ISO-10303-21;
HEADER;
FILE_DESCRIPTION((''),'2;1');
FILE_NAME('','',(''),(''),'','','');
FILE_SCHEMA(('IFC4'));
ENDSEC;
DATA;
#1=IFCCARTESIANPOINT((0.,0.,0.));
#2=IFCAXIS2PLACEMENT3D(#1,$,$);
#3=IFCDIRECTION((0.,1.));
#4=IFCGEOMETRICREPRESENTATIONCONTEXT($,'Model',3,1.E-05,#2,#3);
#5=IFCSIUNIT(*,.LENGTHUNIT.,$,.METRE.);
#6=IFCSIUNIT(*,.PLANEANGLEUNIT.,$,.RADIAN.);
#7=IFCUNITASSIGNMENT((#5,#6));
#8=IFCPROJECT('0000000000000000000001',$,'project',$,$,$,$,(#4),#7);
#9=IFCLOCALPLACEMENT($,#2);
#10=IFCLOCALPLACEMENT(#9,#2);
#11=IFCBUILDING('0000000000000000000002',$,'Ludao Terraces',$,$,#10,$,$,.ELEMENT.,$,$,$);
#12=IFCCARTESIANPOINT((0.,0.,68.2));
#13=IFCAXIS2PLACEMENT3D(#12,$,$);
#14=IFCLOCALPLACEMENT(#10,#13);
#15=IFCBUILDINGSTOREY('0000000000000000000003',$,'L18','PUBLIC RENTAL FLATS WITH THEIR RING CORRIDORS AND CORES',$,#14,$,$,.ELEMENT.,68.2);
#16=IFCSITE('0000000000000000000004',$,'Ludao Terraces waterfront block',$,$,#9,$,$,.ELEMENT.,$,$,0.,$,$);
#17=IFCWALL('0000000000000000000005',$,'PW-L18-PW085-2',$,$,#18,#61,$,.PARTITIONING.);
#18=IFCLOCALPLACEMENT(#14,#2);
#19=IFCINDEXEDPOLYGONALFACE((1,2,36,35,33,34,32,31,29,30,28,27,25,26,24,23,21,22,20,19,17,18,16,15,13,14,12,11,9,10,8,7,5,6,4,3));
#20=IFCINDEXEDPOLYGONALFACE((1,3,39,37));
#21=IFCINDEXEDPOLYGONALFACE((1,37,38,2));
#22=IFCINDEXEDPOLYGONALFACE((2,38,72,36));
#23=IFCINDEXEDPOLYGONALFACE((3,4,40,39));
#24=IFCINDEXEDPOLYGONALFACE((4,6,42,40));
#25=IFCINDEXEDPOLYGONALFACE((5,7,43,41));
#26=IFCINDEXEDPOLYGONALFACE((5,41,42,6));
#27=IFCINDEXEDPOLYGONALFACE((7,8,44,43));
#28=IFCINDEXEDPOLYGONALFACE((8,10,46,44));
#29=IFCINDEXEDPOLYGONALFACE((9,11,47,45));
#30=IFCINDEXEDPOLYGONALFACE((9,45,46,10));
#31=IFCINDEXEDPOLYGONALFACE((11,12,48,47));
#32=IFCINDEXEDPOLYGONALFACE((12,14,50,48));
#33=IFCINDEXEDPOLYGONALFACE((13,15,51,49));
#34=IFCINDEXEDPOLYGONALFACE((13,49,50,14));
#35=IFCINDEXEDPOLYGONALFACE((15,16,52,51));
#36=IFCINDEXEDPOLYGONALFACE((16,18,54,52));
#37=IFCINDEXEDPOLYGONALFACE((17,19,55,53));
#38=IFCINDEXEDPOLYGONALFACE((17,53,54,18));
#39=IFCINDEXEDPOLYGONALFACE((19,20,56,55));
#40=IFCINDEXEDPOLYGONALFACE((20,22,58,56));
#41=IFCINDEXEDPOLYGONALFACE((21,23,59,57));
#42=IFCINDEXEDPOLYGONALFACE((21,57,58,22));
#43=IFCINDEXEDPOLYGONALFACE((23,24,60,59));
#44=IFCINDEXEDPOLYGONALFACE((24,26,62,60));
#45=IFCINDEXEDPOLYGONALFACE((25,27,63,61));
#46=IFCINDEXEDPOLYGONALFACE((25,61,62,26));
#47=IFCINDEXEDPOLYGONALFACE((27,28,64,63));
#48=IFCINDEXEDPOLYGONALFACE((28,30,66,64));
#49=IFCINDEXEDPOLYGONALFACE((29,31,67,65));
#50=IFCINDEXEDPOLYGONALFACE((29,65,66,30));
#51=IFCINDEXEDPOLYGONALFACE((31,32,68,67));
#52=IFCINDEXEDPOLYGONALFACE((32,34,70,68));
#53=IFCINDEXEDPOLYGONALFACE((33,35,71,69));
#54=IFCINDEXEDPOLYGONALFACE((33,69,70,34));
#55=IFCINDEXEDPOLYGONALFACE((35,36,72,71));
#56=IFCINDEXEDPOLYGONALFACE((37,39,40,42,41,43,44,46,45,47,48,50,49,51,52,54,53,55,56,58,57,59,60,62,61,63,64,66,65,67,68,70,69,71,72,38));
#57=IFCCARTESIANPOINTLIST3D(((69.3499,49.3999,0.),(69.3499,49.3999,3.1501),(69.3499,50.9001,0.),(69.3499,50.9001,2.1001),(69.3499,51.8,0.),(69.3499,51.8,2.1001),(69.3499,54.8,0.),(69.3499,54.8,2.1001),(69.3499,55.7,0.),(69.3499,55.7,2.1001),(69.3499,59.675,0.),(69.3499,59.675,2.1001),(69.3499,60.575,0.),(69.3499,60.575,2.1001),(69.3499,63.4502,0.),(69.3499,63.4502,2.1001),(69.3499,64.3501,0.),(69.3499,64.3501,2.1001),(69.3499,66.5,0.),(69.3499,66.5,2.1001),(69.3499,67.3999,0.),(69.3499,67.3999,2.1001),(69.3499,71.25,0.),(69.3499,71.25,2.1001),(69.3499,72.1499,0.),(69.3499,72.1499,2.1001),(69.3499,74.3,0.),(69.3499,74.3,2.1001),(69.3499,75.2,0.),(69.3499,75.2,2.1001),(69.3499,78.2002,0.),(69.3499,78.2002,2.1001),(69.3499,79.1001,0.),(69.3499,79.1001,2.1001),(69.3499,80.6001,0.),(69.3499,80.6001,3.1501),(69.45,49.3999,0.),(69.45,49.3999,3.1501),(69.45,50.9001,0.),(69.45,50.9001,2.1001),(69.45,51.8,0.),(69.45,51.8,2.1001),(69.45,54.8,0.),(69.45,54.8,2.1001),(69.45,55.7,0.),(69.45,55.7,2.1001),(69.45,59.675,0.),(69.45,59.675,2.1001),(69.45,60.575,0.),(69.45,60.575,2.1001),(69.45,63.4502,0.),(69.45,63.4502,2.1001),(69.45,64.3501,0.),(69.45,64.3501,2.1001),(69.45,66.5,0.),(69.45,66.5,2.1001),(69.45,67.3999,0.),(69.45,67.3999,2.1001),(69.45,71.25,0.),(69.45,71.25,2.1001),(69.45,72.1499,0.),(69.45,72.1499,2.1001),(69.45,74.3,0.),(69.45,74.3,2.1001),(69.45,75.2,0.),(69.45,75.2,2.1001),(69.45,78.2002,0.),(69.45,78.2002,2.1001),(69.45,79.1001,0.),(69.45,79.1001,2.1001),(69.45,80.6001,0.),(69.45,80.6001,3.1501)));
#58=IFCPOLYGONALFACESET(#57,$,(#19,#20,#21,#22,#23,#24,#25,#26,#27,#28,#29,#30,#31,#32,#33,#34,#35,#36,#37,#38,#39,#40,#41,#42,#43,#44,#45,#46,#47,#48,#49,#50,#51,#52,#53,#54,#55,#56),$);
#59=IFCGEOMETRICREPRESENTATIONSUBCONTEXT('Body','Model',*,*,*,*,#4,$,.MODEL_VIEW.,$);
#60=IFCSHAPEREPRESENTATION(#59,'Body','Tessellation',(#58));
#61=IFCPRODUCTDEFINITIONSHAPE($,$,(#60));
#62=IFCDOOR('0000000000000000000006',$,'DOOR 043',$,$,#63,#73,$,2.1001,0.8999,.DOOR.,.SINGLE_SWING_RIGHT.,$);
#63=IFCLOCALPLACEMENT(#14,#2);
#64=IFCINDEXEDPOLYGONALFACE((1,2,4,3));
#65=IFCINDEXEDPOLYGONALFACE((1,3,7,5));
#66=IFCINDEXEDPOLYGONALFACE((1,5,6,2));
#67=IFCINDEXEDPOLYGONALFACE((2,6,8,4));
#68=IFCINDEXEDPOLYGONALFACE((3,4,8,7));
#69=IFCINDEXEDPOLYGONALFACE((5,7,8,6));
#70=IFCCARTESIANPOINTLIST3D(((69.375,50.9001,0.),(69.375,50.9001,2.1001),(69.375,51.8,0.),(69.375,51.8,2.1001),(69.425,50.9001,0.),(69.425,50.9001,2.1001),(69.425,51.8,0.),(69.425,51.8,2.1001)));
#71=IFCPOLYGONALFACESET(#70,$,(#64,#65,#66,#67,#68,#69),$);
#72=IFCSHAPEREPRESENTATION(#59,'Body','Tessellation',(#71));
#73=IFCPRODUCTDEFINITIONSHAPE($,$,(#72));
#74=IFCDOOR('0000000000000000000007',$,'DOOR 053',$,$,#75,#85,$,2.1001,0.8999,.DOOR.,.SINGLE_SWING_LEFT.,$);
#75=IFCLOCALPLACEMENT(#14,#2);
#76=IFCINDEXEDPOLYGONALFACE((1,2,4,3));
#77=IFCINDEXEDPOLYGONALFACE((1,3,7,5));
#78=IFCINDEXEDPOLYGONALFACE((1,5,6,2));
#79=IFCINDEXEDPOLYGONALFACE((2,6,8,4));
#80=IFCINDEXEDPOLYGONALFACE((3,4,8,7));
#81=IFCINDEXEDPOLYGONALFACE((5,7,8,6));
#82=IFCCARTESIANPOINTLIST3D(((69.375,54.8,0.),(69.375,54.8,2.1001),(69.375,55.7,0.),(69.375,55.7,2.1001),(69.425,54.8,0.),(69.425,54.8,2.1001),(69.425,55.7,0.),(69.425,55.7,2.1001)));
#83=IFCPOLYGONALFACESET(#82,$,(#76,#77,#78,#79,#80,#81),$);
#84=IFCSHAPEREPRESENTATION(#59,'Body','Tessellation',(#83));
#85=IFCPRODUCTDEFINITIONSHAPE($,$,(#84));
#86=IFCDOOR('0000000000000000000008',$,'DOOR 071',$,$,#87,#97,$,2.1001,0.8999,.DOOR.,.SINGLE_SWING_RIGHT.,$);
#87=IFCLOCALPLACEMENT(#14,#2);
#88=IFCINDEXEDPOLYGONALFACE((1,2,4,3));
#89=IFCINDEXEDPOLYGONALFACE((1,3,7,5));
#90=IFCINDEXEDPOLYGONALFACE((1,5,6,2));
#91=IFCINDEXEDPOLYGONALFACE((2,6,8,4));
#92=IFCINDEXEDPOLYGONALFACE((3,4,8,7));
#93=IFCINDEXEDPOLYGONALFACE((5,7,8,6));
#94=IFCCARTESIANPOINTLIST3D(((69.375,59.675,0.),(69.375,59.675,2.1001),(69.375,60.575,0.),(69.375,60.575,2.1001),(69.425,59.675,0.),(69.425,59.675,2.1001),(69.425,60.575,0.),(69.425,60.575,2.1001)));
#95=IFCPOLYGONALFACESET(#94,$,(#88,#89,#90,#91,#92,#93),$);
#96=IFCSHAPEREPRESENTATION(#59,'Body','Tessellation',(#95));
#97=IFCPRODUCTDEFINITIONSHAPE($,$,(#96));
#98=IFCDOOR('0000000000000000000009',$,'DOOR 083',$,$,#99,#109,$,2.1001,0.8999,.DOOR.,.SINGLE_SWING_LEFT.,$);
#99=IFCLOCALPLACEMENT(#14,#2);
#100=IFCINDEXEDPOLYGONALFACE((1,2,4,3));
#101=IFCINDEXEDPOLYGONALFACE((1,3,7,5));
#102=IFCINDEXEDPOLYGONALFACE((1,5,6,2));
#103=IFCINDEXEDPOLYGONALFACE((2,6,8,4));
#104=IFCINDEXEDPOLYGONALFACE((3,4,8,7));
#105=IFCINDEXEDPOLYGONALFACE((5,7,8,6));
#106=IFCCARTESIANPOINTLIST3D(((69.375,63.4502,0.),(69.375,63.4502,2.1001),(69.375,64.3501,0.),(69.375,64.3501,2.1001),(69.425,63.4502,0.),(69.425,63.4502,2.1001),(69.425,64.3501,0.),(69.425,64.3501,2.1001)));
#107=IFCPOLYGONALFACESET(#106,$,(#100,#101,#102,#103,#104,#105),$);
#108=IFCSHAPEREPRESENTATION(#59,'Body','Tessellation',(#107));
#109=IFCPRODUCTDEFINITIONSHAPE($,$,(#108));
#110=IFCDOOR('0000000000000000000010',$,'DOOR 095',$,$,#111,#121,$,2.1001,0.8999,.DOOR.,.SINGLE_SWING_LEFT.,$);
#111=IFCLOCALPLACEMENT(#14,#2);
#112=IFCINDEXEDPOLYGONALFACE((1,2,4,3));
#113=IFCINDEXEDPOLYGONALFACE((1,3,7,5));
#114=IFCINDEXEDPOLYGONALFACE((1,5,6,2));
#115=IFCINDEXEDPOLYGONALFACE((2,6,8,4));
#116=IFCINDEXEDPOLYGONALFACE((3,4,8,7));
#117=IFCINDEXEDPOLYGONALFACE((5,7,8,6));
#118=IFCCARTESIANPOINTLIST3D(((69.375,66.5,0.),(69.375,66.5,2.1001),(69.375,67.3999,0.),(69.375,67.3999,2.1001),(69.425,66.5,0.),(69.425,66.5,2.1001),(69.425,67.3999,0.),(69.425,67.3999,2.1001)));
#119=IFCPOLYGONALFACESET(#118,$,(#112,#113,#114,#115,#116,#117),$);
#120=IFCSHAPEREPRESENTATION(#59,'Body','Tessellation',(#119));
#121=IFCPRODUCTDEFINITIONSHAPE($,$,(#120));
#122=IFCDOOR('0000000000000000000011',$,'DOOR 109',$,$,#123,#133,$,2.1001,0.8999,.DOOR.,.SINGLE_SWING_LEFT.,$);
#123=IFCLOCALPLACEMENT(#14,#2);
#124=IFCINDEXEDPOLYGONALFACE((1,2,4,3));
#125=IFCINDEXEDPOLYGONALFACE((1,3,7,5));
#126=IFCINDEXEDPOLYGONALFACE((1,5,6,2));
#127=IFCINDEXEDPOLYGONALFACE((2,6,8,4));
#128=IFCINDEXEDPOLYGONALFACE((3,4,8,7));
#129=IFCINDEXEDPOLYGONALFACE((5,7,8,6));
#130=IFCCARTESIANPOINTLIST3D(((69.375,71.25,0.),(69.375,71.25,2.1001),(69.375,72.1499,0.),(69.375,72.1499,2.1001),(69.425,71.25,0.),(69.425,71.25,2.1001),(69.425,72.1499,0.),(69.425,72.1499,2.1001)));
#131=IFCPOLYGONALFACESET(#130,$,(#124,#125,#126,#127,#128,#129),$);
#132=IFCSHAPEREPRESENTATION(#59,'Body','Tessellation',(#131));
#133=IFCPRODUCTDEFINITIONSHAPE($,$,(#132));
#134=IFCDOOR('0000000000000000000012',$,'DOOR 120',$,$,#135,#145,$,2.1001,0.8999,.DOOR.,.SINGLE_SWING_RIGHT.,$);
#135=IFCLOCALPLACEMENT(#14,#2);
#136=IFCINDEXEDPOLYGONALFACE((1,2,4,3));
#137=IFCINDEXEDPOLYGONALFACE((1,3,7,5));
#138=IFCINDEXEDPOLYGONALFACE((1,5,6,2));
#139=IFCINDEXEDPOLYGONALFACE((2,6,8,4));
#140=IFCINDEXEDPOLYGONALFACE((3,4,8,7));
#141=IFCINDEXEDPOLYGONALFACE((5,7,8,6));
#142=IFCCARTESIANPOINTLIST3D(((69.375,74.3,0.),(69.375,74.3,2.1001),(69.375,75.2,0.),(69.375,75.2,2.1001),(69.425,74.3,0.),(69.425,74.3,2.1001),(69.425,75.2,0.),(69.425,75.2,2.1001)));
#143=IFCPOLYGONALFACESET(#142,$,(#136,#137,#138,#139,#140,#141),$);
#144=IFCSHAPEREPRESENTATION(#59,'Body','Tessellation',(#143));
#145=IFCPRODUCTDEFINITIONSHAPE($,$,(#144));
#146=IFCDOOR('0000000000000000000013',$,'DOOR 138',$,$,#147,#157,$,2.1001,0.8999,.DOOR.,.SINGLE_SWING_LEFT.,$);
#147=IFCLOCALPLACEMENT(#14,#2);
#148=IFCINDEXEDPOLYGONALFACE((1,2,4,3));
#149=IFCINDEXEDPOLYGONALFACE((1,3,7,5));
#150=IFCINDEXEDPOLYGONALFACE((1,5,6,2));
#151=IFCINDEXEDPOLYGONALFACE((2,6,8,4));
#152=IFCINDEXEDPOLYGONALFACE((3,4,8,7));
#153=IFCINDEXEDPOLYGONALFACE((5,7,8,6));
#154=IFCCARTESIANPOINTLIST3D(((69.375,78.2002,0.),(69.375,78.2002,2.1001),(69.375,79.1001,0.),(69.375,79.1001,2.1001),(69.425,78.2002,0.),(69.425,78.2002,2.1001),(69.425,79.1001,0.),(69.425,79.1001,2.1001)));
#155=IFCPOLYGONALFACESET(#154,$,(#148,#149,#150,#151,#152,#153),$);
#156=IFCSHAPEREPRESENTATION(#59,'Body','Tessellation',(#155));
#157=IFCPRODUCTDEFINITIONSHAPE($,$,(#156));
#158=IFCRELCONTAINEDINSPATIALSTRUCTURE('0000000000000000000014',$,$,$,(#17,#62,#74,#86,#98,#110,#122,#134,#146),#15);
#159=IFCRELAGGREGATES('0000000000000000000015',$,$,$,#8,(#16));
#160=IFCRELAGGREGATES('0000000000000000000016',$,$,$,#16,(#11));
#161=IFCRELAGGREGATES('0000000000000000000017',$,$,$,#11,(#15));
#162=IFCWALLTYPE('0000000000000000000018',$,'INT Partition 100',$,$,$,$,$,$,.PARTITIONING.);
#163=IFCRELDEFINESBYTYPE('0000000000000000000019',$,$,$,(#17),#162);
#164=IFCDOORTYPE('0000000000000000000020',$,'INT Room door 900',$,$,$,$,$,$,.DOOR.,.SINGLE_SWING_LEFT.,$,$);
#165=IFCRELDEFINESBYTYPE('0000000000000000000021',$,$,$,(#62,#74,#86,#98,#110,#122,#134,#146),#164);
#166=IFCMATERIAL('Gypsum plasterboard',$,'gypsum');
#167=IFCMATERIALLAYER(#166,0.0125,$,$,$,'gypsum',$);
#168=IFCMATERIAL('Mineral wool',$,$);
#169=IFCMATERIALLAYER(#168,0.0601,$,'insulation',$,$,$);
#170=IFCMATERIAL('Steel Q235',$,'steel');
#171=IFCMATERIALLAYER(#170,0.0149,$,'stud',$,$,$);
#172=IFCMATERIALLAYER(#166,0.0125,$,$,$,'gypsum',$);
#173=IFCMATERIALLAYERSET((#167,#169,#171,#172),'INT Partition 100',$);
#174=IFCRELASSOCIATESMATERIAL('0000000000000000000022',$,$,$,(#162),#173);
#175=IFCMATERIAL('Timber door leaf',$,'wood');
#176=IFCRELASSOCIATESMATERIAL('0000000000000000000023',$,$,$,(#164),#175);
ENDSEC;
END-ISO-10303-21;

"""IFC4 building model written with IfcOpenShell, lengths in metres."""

from ifc_helpers import new_model, si_unit, direction, frame, frame_2d, origin, place, context, subcontext, project, spatial, rectangle, extrude, material, layer, layer_set, type_object, element, fill, save


model = new_model("IFC4")

# Units and contexts
model_context = context("Model", 3, precision=1e-05, world=origin(), true_north=direction((0.0, 1.0)))
body_context = subcontext(model_context, "Body", "Model", "MODEL_VIEW")
ifc_project = project(units=[si_unit("LENGTHUNIT", "METRE"), si_unit("PLANEANGLEUNIT", "RADIAN")], contexts=[model_context])

# Site, building, storey
site_placement = place(None, origin())
site = spatial("IfcSite", under=ifc_project, at=site_placement, Name="Ludao Terraces waterfront block", CompositionType="ELEMENT", RefElevation=0.0)
building_placement = place(site_placement, origin())
building = spatial("IfcBuilding", under=site, at=building_placement, Name="Ludao Terraces", CompositionType="ELEMENT")
storey_placement = place(building_placement, frame((0.0, 0.0, 68.2)))
storey = spatial("IfcBuildingStorey", under=building, at=storey_placement, Name="L18", Description="PUBLIC RENTAL FLATS WITH THEIR RING CORRIDORS AND CORES", CompositionType="ELEMENT", Elevation=68.2)

# Shared definitions
ifc_material_1 = material(Name="Gypsum plasterboard", Category="gypsum")
ifc_layer_1 = layer(ifc_material_1, 0.0125, Category="gypsum")
ifc_material_2 = material(Name="Mineral wool")
ifc_layer_2 = layer(ifc_material_2, 0.0601, Name="insulation")
ifc_material_3 = material(Name="Steel Q235", Category="steel")
ifc_layer_3 = layer(ifc_material_3, 0.0149, Name="stud")
ifc_layer_4 = layer(ifc_material_1, 0.0125, Category="gypsum")
ifc_layer_set = layer_set([ifc_layer_1, ifc_layer_2, ifc_layer_3, ifc_layer_4], Name="INT Partition 100")
wall_type = type_object("IfcWallType", Name="INT Partition 100", PredefinedType="PARTITIONING", material=ifc_layer_set)
ifc_material_4 = material(Name="Timber door leaf", Category="wood")
door_type_1 = type_object("IfcDoorType", Name="INT Room door 900", OperationType="SINGLE_SWING_LEFT", PredefinedType="DOOR", material=ifc_material_4)

# Wall, openings, doors
wall_1_placement = place(storey_placement, frame((69.3999, 49.3999, 0.0), z_axis=(0.0, 0.0, 1.0), x_axis=(0.0, 1.0, 0.0)))
wall_1 = element("IfcWall", 1, at=wall_1_placement, inside=storey, type_object=wall_type, Name="PW-L18-PW085-2", PredefinedType="PARTITIONING", context=body_context, shape_type="SweptSolid", body=[
    extrude(rectangle(XDim=31.2002, YDim=0.1001, at=frame_2d((15.6001, 0.0))), origin(), (0.0, 0.0, 1.0), 3.1501),
])
opening_1_placement = place(wall_1_placement, frame((1.5002, 0.0, 0.0)))
opening_1 = element("IfcOpeningElement", 2, at=opening_1_placement, cuts=wall_1, PredefinedType="OPENING", context=body_context, shape_type="SweptSolid", body=[
    extrude(rectangle(XDim=0.8999, YDim=2.1001, at=frame_2d((0.45, 1.05))), frame((0.0, 0.0601, 0.0), z_axis=(0.0, -1.0, 0.0), x_axis=(1.0, 0.0, 0.0)), (0.0, 0.0, 1.0), 0.1201),
])
opening_2_placement = place(wall_1_placement, frame((5.4001, 0.0, 0.0)))
opening_2 = element("IfcOpeningElement", 3, at=opening_2_placement, cuts=wall_1, PredefinedType="OPENING", context=body_context, shape_type="SweptSolid", body=[
    extrude(rectangle(XDim=0.8999, YDim=2.1001, at=frame_2d((0.45, 1.05))), frame((0.0, 0.0601, 0.0), z_axis=(0.0, -1.0, 0.0), x_axis=(1.0, 0.0, 0.0)), (0.0, 0.0, 1.0), 0.1201),
])
opening_3_placement = place(wall_1_placement, frame((10.2751, 0.0, 0.0)))
opening_3 = element("IfcOpeningElement", 4, at=opening_3_placement, cuts=wall_1, PredefinedType="OPENING", context=body_context, shape_type="SweptSolid", body=[
    extrude(rectangle(XDim=0.8999, YDim=2.1001, at=frame_2d((0.45, 1.05))), frame((0.0, 0.0601, 0.0), z_axis=(0.0, -1.0, 0.0), x_axis=(1.0, 0.0, 0.0)), (0.0, 0.0, 1.0), 0.1201),
])
opening_4_placement = place(wall_1_placement, frame((14.0503, 0.0, 0.0)))
opening_4 = element("IfcOpeningElement", 5, at=opening_4_placement, cuts=wall_1, PredefinedType="OPENING", context=body_context, shape_type="SweptSolid", body=[
    extrude(rectangle(XDim=0.8999, YDim=2.1001, at=frame_2d((0.45, 1.05))), frame((0.0, 0.0601, 0.0), z_axis=(0.0, -1.0, 0.0), x_axis=(1.0, 0.0, 0.0)), (0.0, 0.0, 1.0), 0.1201),
])
opening_5_placement = place(wall_1_placement, frame((17.1001, 0.0, 0.0)))
opening_5 = element("IfcOpeningElement", 6, at=opening_5_placement, cuts=wall_1, PredefinedType="OPENING", context=body_context, shape_type="SweptSolid", body=[
    extrude(rectangle(XDim=0.8999, YDim=2.1001, at=frame_2d((0.45, 1.05))), frame((0.0, 0.0601, 0.0), z_axis=(0.0, -1.0, 0.0), x_axis=(1.0, 0.0, 0.0)), (0.0, 0.0, 1.0), 0.1201),
])
opening_6_placement = place(wall_1_placement, frame((21.8501, 0.0, 0.0)))
opening_6 = element("IfcOpeningElement", 7, at=opening_6_placement, cuts=wall_1, PredefinedType="OPENING", context=body_context, shape_type="SweptSolid", body=[
    extrude(rectangle(XDim=0.8999, YDim=2.1001, at=frame_2d((0.45, 1.05))), frame((0.0, 0.0601, 0.0), z_axis=(0.0, -1.0, 0.0), x_axis=(1.0, 0.0, 0.0)), (0.0, 0.0, 1.0), 0.1201),
])
opening_7_placement = place(wall_1_placement, frame((24.9001, 0.0, 0.0)))
opening_7 = element("IfcOpeningElement", 8, at=opening_7_placement, cuts=wall_1, PredefinedType="OPENING", context=body_context, shape_type="SweptSolid", body=[
    extrude(rectangle(XDim=0.8999, YDim=2.1001, at=frame_2d((0.45, 1.05))), frame((0.0, 0.0601, 0.0), z_axis=(0.0, -1.0, 0.0), x_axis=(1.0, 0.0, 0.0)), (0.0, 0.0, 1.0), 0.1201),
])
opening_8_placement = place(wall_1_placement, frame((28.8003, 0.0, 0.0)))
opening_8 = element("IfcOpeningElement", 9, at=opening_8_placement, cuts=wall_1, PredefinedType="OPENING", context=body_context, shape_type="SweptSolid", body=[
    extrude(rectangle(XDim=0.8999, YDim=2.1001, at=frame_2d((0.45, 1.05))), frame((0.0, 0.0601, 0.0), z_axis=(0.0, -1.0, 0.0), x_axis=(1.0, 0.0, 0.0)), (0.0, 0.0, 1.0), 0.1201),
])
door_1_placement = place(opening_1_placement, origin())
door_1 = element("IfcDoor", 10, at=door_1_placement, inside=storey, type_object=door_type_1, Name="DOOR 043", OperationType="SINGLE_SWING_RIGHT", OverallHeight=2.1001, OverallWidth=0.8999, PredefinedType="DOOR", context=body_context, shape_type="SweptSolid", body=[
    extrude(rectangle(XDim=0.8999, YDim=2.1001, at=frame_2d((0.45, 1.05))), frame((0.0, 0.0249, 0.0), z_axis=(0.0, -1.0, 0.0), x_axis=(1.0, 0.0, 0.0)), (0.0, 0.0, 1.0), 0.05),
])
fill(opening_1, door_1)
door_2_placement = place(opening_2_placement, origin())
door_2 = element("IfcDoor", 11, at=door_2_placement, inside=storey, type_object=door_type_1, Name="DOOR 053", OperationType="SINGLE_SWING_LEFT", OverallHeight=2.1001, OverallWidth=0.8999, PredefinedType="DOOR", context=body_context, shape_type="SweptSolid", body=[
    extrude(rectangle(XDim=0.8999, YDim=2.1001, at=frame_2d((0.45, 1.05))), frame((0.0, 0.0249, 0.0), z_axis=(0.0, -1.0, 0.0), x_axis=(1.0, 0.0, 0.0)), (0.0, 0.0, 1.0), 0.05),
])
fill(opening_2, door_2)
door_3_placement = place(opening_3_placement, origin())
door_3 = element("IfcDoor", 12, at=door_3_placement, inside=storey, type_object=door_type_1, Name="DOOR 071", OperationType="SINGLE_SWING_RIGHT", OverallHeight=2.1001, OverallWidth=0.8999, PredefinedType="DOOR", context=body_context, shape_type="SweptSolid", body=[
    extrude(rectangle(XDim=0.8999, YDim=2.1001, at=frame_2d((0.45, 1.05))), frame((0.0, 0.0249, 0.0), z_axis=(0.0, -1.0, 0.0), x_axis=(1.0, 0.0, 0.0)), (0.0, 0.0, 1.0), 0.05),
])
fill(opening_3, door_3)
door_4_placement = place(opening_4_placement, origin())
door_4 = element("IfcDoor", 13, at=door_4_placement, inside=storey, type_object=door_type_1, Name="DOOR 083", OperationType="SINGLE_SWING_LEFT", OverallHeight=2.1001, OverallWidth=0.8999, PredefinedType="DOOR", context=body_context, shape_type="SweptSolid", body=[
    extrude(rectangle(XDim=0.8999, YDim=2.1001, at=frame_2d((0.45, 1.05))), frame((0.0, 0.0249, 0.0), z_axis=(0.0, -1.0, 0.0), x_axis=(1.0, 0.0, 0.0)), (0.0, 0.0, 1.0), 0.05),
])
fill(opening_4, door_4)
door_5_placement = place(opening_5_placement, origin())
door_5 = element("IfcDoor", 14, at=door_5_placement, inside=storey, type_object=door_type_1, Name="DOOR 095", OperationType="SINGLE_SWING_LEFT", OverallHeight=2.1001, OverallWidth=0.8999, PredefinedType="DOOR", context=body_context, shape_type="SweptSolid", body=[
    extrude(rectangle(XDim=0.8999, YDim=2.1001, at=frame_2d((0.45, 1.05))), frame((0.0, 0.0249, 0.0), z_axis=(0.0, -1.0, 0.0), x_axis=(1.0, 0.0, 0.0)), (0.0, 0.0, 1.0), 0.05),
])
fill(opening_5, door_5)
door_6_placement = place(opening_6_placement, origin())
door_6 = element("IfcDoor", 15, at=door_6_placement, inside=storey, type_object=door_type_1, Name="DOOR 109", OperationType="SINGLE_SWING_LEFT", OverallHeight=2.1001, OverallWidth=0.8999, PredefinedType="DOOR", context=body_context, shape_type="SweptSolid", body=[
    extrude(rectangle(XDim=0.8999, YDim=2.1001, at=frame_2d((0.45, 1.05))), frame((0.0, 0.0249, 0.0), z_axis=(0.0, -1.0, 0.0), x_axis=(1.0, 0.0, 0.0)), (0.0, 0.0, 1.0), 0.05),
])
fill(opening_6, door_6)
door_7_placement = place(opening_7_placement, origin())
door_7 = element("IfcDoor", 16, at=door_7_placement, inside=storey, type_object=door_type_1, Name="DOOR 120", OperationType="SINGLE_SWING_RIGHT", OverallHeight=2.1001, OverallWidth=0.8999, PredefinedType="DOOR", context=body_context, shape_type="SweptSolid", body=[
    extrude(rectangle(XDim=0.8999, YDim=2.1001, at=frame_2d((0.45, 1.05))), frame((0.0, 0.0249, 0.0), z_axis=(0.0, -1.0, 0.0), x_axis=(1.0, 0.0, 0.0)), (0.0, 0.0, 1.0), 0.05),
])
fill(opening_7, door_7)
door_8_placement = place(opening_8_placement, origin())
door_8 = element("IfcDoor", 17, at=door_8_placement, inside=storey, type_object=door_type_1, Name="DOOR 138", OperationType="SINGLE_SWING_LEFT", OverallHeight=2.1001, OverallWidth=0.8999, PredefinedType="DOOR", context=body_context, shape_type="SweptSolid", body=[
    extrude(rectangle(XDim=0.8999, YDim=2.1001, at=frame_2d((0.45, 1.05))), frame((0.0, 0.0249, 0.0), z_axis=(0.0, -1.0, 0.0), x_axis=(1.0, 0.0, 0.0)), (0.0, 0.0, 1.0), 0.05),
])
fill(opening_8, door_8)

save(model, "model.ifc")
